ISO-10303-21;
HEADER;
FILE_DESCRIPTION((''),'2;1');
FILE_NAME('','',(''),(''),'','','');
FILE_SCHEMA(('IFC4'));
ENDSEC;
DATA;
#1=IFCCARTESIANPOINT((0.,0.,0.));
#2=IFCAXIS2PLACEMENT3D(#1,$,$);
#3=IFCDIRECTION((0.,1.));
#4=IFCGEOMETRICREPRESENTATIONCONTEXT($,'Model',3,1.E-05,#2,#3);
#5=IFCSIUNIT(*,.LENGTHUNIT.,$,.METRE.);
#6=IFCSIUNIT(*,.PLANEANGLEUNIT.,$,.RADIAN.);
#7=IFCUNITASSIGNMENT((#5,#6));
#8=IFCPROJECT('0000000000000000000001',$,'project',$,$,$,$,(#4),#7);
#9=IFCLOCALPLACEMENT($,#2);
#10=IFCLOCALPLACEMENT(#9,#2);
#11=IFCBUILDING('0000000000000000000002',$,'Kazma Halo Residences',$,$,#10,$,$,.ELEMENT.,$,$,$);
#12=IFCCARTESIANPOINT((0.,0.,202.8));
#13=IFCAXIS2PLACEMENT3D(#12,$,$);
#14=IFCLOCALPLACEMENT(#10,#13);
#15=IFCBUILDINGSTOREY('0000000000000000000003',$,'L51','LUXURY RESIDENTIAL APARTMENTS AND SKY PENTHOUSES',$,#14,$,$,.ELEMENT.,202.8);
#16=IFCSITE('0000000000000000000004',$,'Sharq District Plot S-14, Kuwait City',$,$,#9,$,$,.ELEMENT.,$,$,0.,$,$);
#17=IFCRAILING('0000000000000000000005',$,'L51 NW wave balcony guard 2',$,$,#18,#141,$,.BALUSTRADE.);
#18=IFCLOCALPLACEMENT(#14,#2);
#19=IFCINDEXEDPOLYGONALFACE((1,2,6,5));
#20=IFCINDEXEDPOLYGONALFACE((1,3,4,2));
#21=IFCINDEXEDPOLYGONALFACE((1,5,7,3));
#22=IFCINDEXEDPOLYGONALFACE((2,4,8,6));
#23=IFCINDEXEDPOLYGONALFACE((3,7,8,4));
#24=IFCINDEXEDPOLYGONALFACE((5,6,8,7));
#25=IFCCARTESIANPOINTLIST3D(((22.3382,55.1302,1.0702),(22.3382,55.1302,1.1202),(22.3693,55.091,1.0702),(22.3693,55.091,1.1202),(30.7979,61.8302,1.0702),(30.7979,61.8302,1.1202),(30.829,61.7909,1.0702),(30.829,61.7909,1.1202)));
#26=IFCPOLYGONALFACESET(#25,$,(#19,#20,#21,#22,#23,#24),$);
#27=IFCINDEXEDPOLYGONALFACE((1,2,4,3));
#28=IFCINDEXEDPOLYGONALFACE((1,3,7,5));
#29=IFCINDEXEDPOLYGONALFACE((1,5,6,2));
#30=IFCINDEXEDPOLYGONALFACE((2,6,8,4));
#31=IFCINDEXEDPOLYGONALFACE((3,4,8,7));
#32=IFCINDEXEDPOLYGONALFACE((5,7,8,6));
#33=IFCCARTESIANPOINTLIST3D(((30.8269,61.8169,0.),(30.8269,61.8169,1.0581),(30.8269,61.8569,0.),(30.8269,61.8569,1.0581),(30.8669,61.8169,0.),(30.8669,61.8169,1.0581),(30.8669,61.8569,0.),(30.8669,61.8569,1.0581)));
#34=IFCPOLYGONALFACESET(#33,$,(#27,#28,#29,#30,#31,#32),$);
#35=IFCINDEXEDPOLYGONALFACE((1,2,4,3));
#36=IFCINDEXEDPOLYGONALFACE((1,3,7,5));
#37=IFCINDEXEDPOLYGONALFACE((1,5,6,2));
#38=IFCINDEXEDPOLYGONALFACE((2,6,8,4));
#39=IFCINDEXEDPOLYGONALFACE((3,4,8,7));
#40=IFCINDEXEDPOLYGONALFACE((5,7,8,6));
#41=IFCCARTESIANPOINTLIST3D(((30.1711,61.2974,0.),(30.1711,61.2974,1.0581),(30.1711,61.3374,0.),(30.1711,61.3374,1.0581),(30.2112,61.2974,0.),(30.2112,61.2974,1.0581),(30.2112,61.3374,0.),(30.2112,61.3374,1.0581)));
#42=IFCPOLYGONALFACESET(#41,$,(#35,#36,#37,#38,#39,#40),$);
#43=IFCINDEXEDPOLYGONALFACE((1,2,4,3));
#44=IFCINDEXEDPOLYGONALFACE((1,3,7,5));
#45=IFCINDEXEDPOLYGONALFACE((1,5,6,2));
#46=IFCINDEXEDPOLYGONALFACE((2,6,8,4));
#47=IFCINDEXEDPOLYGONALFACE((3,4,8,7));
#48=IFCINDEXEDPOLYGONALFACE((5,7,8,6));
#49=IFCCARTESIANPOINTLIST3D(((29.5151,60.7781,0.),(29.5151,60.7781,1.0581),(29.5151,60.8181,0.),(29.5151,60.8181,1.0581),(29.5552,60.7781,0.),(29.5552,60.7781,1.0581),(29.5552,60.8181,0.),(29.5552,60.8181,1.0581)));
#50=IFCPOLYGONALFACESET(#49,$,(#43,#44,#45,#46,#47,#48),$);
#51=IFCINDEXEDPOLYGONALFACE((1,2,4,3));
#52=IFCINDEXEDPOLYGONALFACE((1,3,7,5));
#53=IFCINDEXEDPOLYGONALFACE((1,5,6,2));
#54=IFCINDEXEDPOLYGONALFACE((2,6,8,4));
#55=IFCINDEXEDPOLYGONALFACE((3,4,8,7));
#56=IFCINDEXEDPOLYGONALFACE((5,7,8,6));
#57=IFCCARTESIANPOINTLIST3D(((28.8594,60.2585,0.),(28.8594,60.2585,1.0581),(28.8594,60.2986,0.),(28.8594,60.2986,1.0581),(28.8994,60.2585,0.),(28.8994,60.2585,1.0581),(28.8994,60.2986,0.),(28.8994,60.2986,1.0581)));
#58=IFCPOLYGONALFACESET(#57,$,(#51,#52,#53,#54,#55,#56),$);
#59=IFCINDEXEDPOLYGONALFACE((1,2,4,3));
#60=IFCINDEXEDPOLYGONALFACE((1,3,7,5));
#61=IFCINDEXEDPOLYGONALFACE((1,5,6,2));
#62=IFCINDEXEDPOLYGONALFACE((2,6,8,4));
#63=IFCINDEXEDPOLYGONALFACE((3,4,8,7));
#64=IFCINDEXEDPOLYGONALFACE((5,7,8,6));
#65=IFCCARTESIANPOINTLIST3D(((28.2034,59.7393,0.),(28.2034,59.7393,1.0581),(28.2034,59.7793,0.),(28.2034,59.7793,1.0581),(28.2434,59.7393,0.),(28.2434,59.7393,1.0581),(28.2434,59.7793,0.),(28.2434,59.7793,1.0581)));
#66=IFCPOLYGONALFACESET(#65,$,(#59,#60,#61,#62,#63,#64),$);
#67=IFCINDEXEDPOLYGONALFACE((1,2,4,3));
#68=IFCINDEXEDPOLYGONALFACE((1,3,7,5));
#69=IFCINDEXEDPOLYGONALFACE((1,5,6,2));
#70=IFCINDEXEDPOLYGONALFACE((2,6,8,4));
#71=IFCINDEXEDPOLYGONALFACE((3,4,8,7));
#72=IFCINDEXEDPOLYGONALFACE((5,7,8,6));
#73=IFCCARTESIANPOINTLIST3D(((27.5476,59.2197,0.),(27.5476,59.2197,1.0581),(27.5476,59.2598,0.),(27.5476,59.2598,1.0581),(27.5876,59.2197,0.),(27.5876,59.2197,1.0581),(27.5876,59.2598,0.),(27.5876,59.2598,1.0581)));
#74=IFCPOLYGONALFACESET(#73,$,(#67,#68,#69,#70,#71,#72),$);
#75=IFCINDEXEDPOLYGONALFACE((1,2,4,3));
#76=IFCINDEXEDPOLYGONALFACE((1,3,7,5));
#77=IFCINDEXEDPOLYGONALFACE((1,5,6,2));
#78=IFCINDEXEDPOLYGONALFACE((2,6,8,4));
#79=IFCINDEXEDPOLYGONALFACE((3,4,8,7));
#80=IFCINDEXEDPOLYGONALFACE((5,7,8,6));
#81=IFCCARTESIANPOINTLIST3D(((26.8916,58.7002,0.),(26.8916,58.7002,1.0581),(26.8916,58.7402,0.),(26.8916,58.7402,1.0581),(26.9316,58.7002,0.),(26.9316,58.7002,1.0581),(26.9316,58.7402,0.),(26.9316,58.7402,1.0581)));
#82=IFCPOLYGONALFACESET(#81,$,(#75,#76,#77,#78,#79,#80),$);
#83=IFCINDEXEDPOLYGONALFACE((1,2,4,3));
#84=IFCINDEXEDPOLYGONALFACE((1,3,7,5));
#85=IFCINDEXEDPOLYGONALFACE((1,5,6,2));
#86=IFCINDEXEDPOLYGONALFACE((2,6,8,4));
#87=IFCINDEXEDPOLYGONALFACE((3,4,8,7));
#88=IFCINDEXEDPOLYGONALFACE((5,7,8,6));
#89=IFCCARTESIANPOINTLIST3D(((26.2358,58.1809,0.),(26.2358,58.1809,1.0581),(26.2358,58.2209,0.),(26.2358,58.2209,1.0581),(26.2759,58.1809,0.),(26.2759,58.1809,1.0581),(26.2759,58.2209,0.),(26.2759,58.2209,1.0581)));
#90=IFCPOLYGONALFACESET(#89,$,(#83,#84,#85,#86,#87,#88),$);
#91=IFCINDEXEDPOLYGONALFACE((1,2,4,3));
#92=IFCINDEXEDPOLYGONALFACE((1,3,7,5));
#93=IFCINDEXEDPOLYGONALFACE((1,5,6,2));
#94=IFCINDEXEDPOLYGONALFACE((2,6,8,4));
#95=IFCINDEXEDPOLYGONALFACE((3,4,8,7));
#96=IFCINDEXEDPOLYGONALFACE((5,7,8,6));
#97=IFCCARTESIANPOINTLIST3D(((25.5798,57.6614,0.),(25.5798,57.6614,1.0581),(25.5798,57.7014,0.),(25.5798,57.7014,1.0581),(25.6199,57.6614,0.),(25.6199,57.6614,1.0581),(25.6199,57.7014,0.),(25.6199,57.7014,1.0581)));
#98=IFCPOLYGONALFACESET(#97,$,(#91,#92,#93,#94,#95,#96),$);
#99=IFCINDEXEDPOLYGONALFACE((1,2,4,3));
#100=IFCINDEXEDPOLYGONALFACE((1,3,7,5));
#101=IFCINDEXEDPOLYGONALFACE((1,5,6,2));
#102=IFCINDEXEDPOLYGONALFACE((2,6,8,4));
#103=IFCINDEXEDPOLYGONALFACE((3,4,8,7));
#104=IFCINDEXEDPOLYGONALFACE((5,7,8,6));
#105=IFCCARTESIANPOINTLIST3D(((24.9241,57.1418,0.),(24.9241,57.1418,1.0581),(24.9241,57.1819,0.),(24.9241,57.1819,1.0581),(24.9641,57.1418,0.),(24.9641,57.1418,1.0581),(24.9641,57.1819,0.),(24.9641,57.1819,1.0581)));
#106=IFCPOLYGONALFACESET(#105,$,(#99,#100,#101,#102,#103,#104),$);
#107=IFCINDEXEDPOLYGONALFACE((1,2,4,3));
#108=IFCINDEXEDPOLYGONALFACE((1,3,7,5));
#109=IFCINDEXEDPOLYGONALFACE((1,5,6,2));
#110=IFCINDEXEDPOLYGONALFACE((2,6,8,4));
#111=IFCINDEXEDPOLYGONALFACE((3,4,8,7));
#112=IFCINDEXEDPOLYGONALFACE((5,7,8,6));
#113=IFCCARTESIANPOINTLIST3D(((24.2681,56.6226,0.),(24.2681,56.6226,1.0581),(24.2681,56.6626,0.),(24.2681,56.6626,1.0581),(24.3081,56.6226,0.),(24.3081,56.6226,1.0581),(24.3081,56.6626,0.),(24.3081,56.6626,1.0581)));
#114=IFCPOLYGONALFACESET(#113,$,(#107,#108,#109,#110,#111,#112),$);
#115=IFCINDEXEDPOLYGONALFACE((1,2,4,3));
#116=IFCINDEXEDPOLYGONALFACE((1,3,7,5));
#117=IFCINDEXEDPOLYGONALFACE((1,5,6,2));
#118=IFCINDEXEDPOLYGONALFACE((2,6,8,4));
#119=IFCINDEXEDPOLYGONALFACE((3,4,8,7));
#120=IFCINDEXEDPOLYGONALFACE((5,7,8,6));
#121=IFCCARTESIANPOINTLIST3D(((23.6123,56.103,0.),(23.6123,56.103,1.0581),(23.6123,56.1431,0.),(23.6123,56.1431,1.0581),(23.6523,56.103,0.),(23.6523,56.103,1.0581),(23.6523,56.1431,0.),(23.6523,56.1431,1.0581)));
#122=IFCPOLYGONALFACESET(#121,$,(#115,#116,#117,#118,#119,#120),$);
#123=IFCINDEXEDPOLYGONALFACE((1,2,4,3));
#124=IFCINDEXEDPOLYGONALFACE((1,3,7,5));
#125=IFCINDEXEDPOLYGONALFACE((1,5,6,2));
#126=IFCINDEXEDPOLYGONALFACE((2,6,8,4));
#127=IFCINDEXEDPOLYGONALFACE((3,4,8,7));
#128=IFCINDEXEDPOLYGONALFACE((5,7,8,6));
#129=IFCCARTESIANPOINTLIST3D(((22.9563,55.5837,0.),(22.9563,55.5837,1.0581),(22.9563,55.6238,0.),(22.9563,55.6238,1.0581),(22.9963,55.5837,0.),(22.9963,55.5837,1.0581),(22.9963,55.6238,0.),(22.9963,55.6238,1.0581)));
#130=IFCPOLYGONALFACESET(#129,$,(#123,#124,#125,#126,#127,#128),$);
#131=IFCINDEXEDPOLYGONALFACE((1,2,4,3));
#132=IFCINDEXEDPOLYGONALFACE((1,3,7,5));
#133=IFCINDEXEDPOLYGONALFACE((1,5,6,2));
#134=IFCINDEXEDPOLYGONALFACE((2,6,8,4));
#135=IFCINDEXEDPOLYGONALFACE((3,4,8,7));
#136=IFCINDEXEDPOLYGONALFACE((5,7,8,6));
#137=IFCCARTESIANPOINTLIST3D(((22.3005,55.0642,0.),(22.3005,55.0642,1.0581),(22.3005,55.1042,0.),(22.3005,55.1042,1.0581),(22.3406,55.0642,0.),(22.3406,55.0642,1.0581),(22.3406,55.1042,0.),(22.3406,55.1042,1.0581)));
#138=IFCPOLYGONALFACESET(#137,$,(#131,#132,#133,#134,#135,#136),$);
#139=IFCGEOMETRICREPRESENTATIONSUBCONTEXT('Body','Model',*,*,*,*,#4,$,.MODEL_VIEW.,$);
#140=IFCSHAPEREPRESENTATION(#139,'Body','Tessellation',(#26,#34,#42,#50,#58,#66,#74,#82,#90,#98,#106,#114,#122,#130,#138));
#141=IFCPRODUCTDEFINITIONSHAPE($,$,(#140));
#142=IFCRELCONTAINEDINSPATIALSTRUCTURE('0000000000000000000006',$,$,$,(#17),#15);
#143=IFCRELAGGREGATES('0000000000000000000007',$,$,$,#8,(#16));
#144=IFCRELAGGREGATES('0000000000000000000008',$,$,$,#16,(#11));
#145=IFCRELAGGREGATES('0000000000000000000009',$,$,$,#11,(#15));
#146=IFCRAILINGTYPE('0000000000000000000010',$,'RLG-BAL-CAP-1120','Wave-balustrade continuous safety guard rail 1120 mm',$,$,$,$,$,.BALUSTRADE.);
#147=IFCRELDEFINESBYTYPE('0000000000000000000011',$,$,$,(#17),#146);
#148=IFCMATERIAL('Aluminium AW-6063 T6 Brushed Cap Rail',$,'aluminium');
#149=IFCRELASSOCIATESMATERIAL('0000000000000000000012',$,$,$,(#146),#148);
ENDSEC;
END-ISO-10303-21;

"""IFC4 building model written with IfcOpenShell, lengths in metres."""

from ifc_helpers import new_model, si_unit, direction, frame, origin, origin_2d, place, context, subcontext, project, spatial, rectangle, extrude, material, type_object, element, save


model = new_model("IFC4")

# Units and contexts
model_context = context("Model", 3, precision=1e-05, world=origin(), true_north=direction((0.0, 1.0)))
body_context = subcontext(model_context, "Body", "Model", "MODEL_VIEW")
ifc_project = project(units=[si_unit("LENGTHUNIT", "METRE"), si_unit("PLANEANGLEUNIT", "RADIAN")], contexts=[model_context])

# Site, building, storey
site_placement = place(None, origin())
site = spatial("IfcSite", under=ifc_project, at=site_placement, Name="Sharq District Plot S-14, Kuwait City", CompositionType="ELEMENT", RefElevation=0.0)
building_placement = place(site_placement, origin())
building = spatial("IfcBuilding", under=site, at=building_placement, Name="Kazma Halo Residences", CompositionType="ELEMENT")
storey_placement = place(building_placement, frame((0.0, 0.0, 202.8)))
storey = spatial("IfcBuildingStorey", under=building, at=storey_placement, Name="L51", Description="LUXURY RESIDENTIAL APARTMENTS AND SKY PENTHOUSES", CompositionType="ELEMENT", Elevation=202.8)

# Railing
ifc_material_1 = material(Name="Aluminium AW-6063 T6 Brushed Cap Rail", Category="aluminium")
railing_type = type_object("IfcRailingType", Name="RLG-BAL-CAP-1120", Description="Wave-balustrade continuous safety guard rail 1120 mm", PredefinedType="BALUSTRADE", material=ifc_material_1)
railing_1_placement = place(storey_placement, frame((30.8469, 61.8369, 0.0)))
element("IfcRailing", 1, at=railing_1_placement, inside=storey, type_object=railing_type, Name="L51 NW wave balcony guard 2", PredefinedType="BALUSTRADE", context=body_context, shape_type="SweptSolid", body=[
    extrude(rectangle(XDim=0.05, YDim=0.05, at=origin_2d()), frame((-0.0334, -0.0264, 1.0952), z_axis=(-0.783927, -0.620852, 0.0), x_axis=(0.620852, -0.783927, 0.0)), (0.0, 0.0, 1.0), 10.7915),
    extrude(rectangle(XDim=0.04, YDim=0.04, at=origin_2d()), origin(), (0.0, 0.0, 1.0), 1.0581),
    extrude(rectangle(XDim=0.04, YDim=0.04, at=origin_2d()), frame((-0.6558, -0.5195, 0.0)), (0.0, 0.0, 1.0), 1.0581),
    extrude(rectangle(XDim=0.04, YDim=0.04, at=origin_2d()), frame((-1.3118, -1.0388, 0.0)), (0.0, 0.0, 1.0), 1.0581),
    extrude(rectangle(XDim=0.04, YDim=0.04, at=origin_2d()), frame((-1.9675, -1.5583, 0.0)), (0.0, 0.0, 1.0), 1.0581),
    extrude(rectangle(XDim=0.04, YDim=0.04, at=origin_2d()), frame((-2.6235, -2.0776, 0.0)), (0.0, 0.0, 1.0), 1.0581),
    extrude(rectangle(XDim=0.04, YDim=0.04, at=origin_2d()), frame((-3.2793, -2.5972, 0.0)), (0.0, 0.0, 1.0), 1.0581),
    extrude(rectangle(XDim=0.04, YDim=0.04, at=origin_2d()), frame((-3.9353, -3.1167, 0.0)), (0.0, 0.0, 1.0), 1.0581),
    extrude(rectangle(XDim=0.04, YDim=0.04, at=origin_2d()), frame((-4.5911, -3.636, 0.0)), (0.0, 0.0, 1.0), 1.0581),
    extrude(rectangle(XDim=0.04, YDim=0.04, at=origin_2d()), frame((-5.2471, -4.1555, 0.0)), (0.0, 0.0, 1.0), 1.0581),
    extrude(rectangle(XDim=0.04, YDim=0.04, at=origin_2d()), frame((-5.9028, -4.675, 0.0)), (0.0, 0.0, 1.0), 1.0581),
    extrude(rectangle(XDim=0.04, YDim=0.04, at=origin_2d()), frame((-6.5588, -5.1943, 0.0)), (0.0, 0.0, 1.0), 1.0581),
    extrude(rectangle(XDim=0.04, YDim=0.04, at=origin_2d()), frame((-7.2146, -5.7139, 0.0)), (0.0, 0.0, 1.0), 1.0581),
    extrude(rectangle(XDim=0.04, YDim=0.04, at=origin_2d()), frame((-7.8706, -6.2332, 0.0)), (0.0, 0.0, 1.0), 1.0581),
    extrude(rectangle(XDim=0.04, YDim=0.04, at=origin_2d()), frame((-8.5264, -6.7527, 0.0)), (0.0, 0.0, 1.0), 1.0581),
])

save(model, "model.ifc")
